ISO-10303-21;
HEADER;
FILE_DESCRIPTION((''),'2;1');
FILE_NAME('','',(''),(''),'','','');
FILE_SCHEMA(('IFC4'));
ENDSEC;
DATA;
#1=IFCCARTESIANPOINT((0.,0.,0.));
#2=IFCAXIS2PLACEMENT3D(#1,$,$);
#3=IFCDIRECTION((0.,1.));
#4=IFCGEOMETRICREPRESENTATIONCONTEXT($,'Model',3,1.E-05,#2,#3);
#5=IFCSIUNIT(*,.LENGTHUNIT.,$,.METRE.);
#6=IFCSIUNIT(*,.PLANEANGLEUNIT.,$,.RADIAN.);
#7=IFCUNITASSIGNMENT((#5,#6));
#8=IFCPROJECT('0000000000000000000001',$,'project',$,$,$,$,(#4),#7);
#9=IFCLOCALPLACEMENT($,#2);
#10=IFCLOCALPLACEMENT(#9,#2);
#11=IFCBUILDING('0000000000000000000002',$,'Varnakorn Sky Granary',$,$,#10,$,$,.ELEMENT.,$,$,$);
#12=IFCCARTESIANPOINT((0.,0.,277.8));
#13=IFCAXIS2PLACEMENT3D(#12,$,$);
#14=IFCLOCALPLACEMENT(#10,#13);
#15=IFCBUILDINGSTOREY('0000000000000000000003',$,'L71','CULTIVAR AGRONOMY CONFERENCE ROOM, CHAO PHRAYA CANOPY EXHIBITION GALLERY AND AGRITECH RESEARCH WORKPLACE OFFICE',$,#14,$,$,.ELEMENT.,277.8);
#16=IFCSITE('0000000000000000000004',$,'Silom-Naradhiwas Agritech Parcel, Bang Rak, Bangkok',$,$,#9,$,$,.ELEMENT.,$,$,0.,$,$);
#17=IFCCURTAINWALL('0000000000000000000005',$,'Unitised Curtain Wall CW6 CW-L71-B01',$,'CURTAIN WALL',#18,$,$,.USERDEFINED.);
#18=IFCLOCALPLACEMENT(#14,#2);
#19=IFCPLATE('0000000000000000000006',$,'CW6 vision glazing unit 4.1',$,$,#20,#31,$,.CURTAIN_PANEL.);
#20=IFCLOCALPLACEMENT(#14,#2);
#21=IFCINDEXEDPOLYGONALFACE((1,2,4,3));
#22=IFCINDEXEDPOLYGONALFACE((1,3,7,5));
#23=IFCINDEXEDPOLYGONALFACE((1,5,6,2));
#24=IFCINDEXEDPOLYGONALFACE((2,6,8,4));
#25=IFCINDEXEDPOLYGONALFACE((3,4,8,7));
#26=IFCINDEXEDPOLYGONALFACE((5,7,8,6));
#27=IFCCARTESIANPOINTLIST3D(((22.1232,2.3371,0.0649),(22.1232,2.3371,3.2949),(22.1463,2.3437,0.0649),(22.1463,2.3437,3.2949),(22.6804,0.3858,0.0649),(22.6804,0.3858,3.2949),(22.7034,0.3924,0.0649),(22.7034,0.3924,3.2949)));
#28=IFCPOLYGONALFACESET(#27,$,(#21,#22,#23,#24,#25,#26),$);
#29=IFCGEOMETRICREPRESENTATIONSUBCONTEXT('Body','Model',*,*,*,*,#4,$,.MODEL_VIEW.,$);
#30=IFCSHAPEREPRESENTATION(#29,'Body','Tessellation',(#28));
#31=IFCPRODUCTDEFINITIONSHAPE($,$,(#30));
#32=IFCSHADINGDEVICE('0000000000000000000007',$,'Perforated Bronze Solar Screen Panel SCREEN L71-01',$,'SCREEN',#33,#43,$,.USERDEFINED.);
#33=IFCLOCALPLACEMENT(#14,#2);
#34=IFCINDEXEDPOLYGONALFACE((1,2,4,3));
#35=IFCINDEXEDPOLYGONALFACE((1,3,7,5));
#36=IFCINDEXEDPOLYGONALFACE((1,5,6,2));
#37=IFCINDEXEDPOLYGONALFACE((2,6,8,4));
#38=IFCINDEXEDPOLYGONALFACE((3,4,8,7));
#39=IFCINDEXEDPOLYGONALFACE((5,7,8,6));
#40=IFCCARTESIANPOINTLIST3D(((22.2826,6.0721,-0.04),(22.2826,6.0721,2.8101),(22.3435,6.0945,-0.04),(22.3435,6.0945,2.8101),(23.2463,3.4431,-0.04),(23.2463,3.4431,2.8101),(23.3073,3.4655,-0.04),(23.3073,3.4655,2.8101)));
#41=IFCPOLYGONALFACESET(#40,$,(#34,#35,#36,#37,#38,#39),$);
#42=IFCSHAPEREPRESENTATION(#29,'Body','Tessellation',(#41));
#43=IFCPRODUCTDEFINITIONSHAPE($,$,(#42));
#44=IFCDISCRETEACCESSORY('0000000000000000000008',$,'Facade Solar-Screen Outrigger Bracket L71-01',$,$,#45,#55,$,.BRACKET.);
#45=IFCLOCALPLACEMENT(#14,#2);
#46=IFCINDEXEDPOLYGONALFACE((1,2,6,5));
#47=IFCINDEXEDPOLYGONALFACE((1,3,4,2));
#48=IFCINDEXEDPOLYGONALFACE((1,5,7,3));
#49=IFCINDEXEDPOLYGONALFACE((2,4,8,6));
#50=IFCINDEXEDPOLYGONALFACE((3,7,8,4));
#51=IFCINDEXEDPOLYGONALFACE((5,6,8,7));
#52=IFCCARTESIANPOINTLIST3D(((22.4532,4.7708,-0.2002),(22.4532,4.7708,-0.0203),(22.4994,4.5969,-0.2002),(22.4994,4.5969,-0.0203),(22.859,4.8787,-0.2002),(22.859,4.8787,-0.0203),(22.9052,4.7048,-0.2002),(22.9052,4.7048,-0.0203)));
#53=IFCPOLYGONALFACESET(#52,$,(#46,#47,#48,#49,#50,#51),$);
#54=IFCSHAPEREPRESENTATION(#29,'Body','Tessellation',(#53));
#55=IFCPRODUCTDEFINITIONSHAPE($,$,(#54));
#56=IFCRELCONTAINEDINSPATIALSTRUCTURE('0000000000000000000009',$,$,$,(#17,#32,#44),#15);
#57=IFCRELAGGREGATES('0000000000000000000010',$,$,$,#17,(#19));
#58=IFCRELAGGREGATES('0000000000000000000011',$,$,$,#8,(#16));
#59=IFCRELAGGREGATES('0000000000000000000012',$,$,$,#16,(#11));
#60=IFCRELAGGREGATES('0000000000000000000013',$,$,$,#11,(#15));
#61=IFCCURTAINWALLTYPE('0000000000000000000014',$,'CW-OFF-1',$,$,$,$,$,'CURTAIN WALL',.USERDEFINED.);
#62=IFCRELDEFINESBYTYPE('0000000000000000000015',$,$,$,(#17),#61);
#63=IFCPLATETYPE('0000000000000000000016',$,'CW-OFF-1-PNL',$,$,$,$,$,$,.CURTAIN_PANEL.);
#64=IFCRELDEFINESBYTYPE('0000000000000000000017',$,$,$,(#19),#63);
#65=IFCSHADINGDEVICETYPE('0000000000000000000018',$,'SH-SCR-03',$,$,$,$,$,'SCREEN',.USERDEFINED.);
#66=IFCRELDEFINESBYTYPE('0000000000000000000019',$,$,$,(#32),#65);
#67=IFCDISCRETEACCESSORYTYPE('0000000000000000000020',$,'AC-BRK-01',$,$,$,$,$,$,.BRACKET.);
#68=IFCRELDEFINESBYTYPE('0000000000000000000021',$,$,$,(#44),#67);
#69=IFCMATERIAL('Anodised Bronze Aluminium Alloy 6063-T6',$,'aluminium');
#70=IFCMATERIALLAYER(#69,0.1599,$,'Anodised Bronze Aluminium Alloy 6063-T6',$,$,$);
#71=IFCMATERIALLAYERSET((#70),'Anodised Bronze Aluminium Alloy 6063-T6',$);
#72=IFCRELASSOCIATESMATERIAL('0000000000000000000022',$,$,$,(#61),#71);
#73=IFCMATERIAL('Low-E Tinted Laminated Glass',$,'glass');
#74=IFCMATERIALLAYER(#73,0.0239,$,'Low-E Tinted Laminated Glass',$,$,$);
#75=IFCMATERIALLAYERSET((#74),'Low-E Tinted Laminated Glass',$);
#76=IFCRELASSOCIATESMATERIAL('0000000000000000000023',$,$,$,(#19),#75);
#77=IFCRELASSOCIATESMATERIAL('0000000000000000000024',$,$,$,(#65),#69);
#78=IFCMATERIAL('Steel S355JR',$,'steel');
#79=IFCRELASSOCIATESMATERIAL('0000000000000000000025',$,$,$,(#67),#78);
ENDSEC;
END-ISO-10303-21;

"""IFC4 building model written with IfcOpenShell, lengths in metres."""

from ifc_helpers import new_model, si_unit, direction, frame, origin, origin_2d, place, context, subcontext, project, spatial, rectangle, extrude, source, transform, mapped, material, layer, layer_set, type_object, type_shapes, element, aggregate, save


model = new_model("IFC4")

# Units and contexts
model_context = context("Model", 3, precision=1e-05, world=origin(), true_north=direction((0.0, 1.0)))
body_context = subcontext(model_context, "Body", "Model", "MODEL_VIEW")
ifc_project = project(units=[si_unit("LENGTHUNIT", "METRE"), si_unit("PLANEANGLEUNIT", "RADIAN")], contexts=[model_context])

# Site, building, storey
site_placement = place(None, origin())
site = spatial("IfcSite", under=ifc_project, at=site_placement, Name="Silom-Naradhiwas Agritech Parcel, Bang Rak, Bangkok", CompositionType="ELEMENT", RefElevation=0.0)
building_placement = place(site_placement, origin())
building = spatial("IfcBuilding", under=site, at=building_placement, Name="Varnakorn Sky Granary", CompositionType="ELEMENT")
storey_placement = place(building_placement, frame((0.0, 0.0, 277.8)))
storey = spatial("IfcBuildingStorey", under=building, at=storey_placement, Name="L71", Description="CULTIVAR AGRONOMY CONFERENCE ROOM, CHAO PHRAYA CANOPY EXHIBITION GALLERY AND AGRITECH RESEARCH WORKPLACE OFFICE", CompositionType="ELEMENT", Elevation=277.8)

# Curtain wall
ifc_material_1 = material(Name="Anodised Bronze Aluminium Alloy 6063-T6", Category="aluminium")
ifc_layer_1 = layer(ifc_material_1, 0.1599, Name="Anodised Bronze Aluminium Alloy 6063-T6")
ifc_layer_set_1 = layer_set([ifc_layer_1], Name="Anodised Bronze Aluminium Alloy 6063-T6")
curtain_wall_type = type_object("IfcCurtainWallType", Name="CW-OFF-1", ElementType="CURTAIN WALL", PredefinedType="USERDEFINED", material=ifc_layer_set_1)
curtain_wall_placement = place(storey_placement, origin())
curtain_wall = element("IfcCurtainWall", 1, at=curtain_wall_placement, inside=storey, type_object=curtain_wall_type, Name="Unitised Curtain Wall CW6 CW-L71-B01", ObjectType="CURTAIN WALL", PredefinedType="USERDEFINED")

# Plate
plate_type = type_object("IfcPlateType", Name="CW-OFF-1-PNL", PredefinedType="CURTAIN_PANEL")
ifc_material_2 = material(Name="Low-E Tinted Laminated Glass", Category="glass")
ifc_layer_2 = layer(ifc_material_2, 0.0239, Name="Low-E Tinted Laminated Glass")
ifc_layer_set_2 = layer_set([ifc_layer_2], Name="Low-E Tinted Laminated Glass")
shared_shape_1 = source(origin(), body_context, "Body", "SweptSolid", [
    extrude(rectangle(XDim=2.0293, YDim=0.0239, at=origin_2d()), origin(), (0.0, 0.0, 1.0), 3.23),
])
plate_1_placement = place(storey_placement, frame((22.4133, 1.3647, 0.0649), z_axis=(0.0, 0.0, 1.0), x_axis=(0.27456, -0.96157, 0.0)))
plate_1 = element("IfcPlate", 2, at=plate_1_placement, type_object=plate_type, material=ifc_layer_set_2, Name="CW6 vision glazing unit 4.1", PredefinedType="CURTAIN_PANEL", context=body_context, shape_type="MappedRepresentation", body=[
    mapped(shared_shape_1, transform((0.0, 0.0, 0.0), x_axis=(1.0, 0.0, 0.0), y_axis=(0.0, 1.0, 0.0), z_axis=(0.0, 0.0, 1.0), scale=1.0)),
])
aggregate(curtain_wall, [plate_1])

# Shading device
shading_device_type = type_object("IfcShadingDeviceType", Name="SH-SCR-03", ElementType="SCREEN", PredefinedType="USERDEFINED", material=ifc_material_1)
shared_shape_2 = source(origin(), body_context, "Body", "SweptSolid", [
    extrude(rectangle(XDim=2.8, YDim=0.0649, at=origin_2d()), origin(), (0.0, 0.0, 1.0), 2.8501),
])
type_shapes(shading_device_type, [shared_shape_2])
shading_device_placement = place(storey_placement, frame((22.7949, 4.7688, -0.04), z_axis=(0.0, 0.0, 1.0), x_axis=(-0.344182, 0.938903, 0.0)))
element("IfcShadingDevice", 3, at=shading_device_placement, inside=storey, type_object=shading_device_type, Name="Perforated Bronze Solar Screen Panel SCREEN L71-01", ObjectType="SCREEN", PredefinedType="USERDEFINED", context=body_context, shape_type="MappedRepresentation", body=[
    mapped(shared_shape_2, transform((0.0, 0.0, 0.0), x_axis=(1.0, 0.0, 0.0), y_axis=(0.0, 1.0, 0.0), z_axis=(0.0, 0.0, 1.0), scale=1.0)),
])

# Discrete accessory
ifc_material_3 = material(Name="Steel S355JR", Category="steel")
discrete_accessory_type = type_object("IfcDiscreteAccessoryType", Name="AC-BRK-01", PredefinedType="BRACKET", material=ifc_material_3)
shared_shape_3 = source(origin(), body_context, "Body", "SweptSolid", [
    extrude(rectangle(XDim=0.1799, YDim=0.4199, at=origin_2d()), origin(), (0.0, 0.0, 1.0), 0.1799),
])
type_shapes(discrete_accessory_type, [shared_shape_3])
discrete_accessory_placement = place(storey_placement, frame((22.6792, 4.7378, -0.2002), z_axis=(0.0, 0.0, 1.0), x_axis=(-0.256827, 0.966457, 0.0)))
element("IfcDiscreteAccessory", 4, at=discrete_accessory_placement, inside=storey, type_object=discrete_accessory_type, Name="Facade Solar-Screen Outrigger Bracket L71-01", PredefinedType="BRACKET", context=body_context, shape_type="MappedRepresentation", body=[
    mapped(shared_shape_3, transform((0.0, 0.0, 0.0), x_axis=(1.0, 0.0, 0.0), y_axis=(0.0, 1.0, 0.0), z_axis=(0.0, 0.0, 1.0), scale=1.0)),
])

save(model, "model.ifc")
